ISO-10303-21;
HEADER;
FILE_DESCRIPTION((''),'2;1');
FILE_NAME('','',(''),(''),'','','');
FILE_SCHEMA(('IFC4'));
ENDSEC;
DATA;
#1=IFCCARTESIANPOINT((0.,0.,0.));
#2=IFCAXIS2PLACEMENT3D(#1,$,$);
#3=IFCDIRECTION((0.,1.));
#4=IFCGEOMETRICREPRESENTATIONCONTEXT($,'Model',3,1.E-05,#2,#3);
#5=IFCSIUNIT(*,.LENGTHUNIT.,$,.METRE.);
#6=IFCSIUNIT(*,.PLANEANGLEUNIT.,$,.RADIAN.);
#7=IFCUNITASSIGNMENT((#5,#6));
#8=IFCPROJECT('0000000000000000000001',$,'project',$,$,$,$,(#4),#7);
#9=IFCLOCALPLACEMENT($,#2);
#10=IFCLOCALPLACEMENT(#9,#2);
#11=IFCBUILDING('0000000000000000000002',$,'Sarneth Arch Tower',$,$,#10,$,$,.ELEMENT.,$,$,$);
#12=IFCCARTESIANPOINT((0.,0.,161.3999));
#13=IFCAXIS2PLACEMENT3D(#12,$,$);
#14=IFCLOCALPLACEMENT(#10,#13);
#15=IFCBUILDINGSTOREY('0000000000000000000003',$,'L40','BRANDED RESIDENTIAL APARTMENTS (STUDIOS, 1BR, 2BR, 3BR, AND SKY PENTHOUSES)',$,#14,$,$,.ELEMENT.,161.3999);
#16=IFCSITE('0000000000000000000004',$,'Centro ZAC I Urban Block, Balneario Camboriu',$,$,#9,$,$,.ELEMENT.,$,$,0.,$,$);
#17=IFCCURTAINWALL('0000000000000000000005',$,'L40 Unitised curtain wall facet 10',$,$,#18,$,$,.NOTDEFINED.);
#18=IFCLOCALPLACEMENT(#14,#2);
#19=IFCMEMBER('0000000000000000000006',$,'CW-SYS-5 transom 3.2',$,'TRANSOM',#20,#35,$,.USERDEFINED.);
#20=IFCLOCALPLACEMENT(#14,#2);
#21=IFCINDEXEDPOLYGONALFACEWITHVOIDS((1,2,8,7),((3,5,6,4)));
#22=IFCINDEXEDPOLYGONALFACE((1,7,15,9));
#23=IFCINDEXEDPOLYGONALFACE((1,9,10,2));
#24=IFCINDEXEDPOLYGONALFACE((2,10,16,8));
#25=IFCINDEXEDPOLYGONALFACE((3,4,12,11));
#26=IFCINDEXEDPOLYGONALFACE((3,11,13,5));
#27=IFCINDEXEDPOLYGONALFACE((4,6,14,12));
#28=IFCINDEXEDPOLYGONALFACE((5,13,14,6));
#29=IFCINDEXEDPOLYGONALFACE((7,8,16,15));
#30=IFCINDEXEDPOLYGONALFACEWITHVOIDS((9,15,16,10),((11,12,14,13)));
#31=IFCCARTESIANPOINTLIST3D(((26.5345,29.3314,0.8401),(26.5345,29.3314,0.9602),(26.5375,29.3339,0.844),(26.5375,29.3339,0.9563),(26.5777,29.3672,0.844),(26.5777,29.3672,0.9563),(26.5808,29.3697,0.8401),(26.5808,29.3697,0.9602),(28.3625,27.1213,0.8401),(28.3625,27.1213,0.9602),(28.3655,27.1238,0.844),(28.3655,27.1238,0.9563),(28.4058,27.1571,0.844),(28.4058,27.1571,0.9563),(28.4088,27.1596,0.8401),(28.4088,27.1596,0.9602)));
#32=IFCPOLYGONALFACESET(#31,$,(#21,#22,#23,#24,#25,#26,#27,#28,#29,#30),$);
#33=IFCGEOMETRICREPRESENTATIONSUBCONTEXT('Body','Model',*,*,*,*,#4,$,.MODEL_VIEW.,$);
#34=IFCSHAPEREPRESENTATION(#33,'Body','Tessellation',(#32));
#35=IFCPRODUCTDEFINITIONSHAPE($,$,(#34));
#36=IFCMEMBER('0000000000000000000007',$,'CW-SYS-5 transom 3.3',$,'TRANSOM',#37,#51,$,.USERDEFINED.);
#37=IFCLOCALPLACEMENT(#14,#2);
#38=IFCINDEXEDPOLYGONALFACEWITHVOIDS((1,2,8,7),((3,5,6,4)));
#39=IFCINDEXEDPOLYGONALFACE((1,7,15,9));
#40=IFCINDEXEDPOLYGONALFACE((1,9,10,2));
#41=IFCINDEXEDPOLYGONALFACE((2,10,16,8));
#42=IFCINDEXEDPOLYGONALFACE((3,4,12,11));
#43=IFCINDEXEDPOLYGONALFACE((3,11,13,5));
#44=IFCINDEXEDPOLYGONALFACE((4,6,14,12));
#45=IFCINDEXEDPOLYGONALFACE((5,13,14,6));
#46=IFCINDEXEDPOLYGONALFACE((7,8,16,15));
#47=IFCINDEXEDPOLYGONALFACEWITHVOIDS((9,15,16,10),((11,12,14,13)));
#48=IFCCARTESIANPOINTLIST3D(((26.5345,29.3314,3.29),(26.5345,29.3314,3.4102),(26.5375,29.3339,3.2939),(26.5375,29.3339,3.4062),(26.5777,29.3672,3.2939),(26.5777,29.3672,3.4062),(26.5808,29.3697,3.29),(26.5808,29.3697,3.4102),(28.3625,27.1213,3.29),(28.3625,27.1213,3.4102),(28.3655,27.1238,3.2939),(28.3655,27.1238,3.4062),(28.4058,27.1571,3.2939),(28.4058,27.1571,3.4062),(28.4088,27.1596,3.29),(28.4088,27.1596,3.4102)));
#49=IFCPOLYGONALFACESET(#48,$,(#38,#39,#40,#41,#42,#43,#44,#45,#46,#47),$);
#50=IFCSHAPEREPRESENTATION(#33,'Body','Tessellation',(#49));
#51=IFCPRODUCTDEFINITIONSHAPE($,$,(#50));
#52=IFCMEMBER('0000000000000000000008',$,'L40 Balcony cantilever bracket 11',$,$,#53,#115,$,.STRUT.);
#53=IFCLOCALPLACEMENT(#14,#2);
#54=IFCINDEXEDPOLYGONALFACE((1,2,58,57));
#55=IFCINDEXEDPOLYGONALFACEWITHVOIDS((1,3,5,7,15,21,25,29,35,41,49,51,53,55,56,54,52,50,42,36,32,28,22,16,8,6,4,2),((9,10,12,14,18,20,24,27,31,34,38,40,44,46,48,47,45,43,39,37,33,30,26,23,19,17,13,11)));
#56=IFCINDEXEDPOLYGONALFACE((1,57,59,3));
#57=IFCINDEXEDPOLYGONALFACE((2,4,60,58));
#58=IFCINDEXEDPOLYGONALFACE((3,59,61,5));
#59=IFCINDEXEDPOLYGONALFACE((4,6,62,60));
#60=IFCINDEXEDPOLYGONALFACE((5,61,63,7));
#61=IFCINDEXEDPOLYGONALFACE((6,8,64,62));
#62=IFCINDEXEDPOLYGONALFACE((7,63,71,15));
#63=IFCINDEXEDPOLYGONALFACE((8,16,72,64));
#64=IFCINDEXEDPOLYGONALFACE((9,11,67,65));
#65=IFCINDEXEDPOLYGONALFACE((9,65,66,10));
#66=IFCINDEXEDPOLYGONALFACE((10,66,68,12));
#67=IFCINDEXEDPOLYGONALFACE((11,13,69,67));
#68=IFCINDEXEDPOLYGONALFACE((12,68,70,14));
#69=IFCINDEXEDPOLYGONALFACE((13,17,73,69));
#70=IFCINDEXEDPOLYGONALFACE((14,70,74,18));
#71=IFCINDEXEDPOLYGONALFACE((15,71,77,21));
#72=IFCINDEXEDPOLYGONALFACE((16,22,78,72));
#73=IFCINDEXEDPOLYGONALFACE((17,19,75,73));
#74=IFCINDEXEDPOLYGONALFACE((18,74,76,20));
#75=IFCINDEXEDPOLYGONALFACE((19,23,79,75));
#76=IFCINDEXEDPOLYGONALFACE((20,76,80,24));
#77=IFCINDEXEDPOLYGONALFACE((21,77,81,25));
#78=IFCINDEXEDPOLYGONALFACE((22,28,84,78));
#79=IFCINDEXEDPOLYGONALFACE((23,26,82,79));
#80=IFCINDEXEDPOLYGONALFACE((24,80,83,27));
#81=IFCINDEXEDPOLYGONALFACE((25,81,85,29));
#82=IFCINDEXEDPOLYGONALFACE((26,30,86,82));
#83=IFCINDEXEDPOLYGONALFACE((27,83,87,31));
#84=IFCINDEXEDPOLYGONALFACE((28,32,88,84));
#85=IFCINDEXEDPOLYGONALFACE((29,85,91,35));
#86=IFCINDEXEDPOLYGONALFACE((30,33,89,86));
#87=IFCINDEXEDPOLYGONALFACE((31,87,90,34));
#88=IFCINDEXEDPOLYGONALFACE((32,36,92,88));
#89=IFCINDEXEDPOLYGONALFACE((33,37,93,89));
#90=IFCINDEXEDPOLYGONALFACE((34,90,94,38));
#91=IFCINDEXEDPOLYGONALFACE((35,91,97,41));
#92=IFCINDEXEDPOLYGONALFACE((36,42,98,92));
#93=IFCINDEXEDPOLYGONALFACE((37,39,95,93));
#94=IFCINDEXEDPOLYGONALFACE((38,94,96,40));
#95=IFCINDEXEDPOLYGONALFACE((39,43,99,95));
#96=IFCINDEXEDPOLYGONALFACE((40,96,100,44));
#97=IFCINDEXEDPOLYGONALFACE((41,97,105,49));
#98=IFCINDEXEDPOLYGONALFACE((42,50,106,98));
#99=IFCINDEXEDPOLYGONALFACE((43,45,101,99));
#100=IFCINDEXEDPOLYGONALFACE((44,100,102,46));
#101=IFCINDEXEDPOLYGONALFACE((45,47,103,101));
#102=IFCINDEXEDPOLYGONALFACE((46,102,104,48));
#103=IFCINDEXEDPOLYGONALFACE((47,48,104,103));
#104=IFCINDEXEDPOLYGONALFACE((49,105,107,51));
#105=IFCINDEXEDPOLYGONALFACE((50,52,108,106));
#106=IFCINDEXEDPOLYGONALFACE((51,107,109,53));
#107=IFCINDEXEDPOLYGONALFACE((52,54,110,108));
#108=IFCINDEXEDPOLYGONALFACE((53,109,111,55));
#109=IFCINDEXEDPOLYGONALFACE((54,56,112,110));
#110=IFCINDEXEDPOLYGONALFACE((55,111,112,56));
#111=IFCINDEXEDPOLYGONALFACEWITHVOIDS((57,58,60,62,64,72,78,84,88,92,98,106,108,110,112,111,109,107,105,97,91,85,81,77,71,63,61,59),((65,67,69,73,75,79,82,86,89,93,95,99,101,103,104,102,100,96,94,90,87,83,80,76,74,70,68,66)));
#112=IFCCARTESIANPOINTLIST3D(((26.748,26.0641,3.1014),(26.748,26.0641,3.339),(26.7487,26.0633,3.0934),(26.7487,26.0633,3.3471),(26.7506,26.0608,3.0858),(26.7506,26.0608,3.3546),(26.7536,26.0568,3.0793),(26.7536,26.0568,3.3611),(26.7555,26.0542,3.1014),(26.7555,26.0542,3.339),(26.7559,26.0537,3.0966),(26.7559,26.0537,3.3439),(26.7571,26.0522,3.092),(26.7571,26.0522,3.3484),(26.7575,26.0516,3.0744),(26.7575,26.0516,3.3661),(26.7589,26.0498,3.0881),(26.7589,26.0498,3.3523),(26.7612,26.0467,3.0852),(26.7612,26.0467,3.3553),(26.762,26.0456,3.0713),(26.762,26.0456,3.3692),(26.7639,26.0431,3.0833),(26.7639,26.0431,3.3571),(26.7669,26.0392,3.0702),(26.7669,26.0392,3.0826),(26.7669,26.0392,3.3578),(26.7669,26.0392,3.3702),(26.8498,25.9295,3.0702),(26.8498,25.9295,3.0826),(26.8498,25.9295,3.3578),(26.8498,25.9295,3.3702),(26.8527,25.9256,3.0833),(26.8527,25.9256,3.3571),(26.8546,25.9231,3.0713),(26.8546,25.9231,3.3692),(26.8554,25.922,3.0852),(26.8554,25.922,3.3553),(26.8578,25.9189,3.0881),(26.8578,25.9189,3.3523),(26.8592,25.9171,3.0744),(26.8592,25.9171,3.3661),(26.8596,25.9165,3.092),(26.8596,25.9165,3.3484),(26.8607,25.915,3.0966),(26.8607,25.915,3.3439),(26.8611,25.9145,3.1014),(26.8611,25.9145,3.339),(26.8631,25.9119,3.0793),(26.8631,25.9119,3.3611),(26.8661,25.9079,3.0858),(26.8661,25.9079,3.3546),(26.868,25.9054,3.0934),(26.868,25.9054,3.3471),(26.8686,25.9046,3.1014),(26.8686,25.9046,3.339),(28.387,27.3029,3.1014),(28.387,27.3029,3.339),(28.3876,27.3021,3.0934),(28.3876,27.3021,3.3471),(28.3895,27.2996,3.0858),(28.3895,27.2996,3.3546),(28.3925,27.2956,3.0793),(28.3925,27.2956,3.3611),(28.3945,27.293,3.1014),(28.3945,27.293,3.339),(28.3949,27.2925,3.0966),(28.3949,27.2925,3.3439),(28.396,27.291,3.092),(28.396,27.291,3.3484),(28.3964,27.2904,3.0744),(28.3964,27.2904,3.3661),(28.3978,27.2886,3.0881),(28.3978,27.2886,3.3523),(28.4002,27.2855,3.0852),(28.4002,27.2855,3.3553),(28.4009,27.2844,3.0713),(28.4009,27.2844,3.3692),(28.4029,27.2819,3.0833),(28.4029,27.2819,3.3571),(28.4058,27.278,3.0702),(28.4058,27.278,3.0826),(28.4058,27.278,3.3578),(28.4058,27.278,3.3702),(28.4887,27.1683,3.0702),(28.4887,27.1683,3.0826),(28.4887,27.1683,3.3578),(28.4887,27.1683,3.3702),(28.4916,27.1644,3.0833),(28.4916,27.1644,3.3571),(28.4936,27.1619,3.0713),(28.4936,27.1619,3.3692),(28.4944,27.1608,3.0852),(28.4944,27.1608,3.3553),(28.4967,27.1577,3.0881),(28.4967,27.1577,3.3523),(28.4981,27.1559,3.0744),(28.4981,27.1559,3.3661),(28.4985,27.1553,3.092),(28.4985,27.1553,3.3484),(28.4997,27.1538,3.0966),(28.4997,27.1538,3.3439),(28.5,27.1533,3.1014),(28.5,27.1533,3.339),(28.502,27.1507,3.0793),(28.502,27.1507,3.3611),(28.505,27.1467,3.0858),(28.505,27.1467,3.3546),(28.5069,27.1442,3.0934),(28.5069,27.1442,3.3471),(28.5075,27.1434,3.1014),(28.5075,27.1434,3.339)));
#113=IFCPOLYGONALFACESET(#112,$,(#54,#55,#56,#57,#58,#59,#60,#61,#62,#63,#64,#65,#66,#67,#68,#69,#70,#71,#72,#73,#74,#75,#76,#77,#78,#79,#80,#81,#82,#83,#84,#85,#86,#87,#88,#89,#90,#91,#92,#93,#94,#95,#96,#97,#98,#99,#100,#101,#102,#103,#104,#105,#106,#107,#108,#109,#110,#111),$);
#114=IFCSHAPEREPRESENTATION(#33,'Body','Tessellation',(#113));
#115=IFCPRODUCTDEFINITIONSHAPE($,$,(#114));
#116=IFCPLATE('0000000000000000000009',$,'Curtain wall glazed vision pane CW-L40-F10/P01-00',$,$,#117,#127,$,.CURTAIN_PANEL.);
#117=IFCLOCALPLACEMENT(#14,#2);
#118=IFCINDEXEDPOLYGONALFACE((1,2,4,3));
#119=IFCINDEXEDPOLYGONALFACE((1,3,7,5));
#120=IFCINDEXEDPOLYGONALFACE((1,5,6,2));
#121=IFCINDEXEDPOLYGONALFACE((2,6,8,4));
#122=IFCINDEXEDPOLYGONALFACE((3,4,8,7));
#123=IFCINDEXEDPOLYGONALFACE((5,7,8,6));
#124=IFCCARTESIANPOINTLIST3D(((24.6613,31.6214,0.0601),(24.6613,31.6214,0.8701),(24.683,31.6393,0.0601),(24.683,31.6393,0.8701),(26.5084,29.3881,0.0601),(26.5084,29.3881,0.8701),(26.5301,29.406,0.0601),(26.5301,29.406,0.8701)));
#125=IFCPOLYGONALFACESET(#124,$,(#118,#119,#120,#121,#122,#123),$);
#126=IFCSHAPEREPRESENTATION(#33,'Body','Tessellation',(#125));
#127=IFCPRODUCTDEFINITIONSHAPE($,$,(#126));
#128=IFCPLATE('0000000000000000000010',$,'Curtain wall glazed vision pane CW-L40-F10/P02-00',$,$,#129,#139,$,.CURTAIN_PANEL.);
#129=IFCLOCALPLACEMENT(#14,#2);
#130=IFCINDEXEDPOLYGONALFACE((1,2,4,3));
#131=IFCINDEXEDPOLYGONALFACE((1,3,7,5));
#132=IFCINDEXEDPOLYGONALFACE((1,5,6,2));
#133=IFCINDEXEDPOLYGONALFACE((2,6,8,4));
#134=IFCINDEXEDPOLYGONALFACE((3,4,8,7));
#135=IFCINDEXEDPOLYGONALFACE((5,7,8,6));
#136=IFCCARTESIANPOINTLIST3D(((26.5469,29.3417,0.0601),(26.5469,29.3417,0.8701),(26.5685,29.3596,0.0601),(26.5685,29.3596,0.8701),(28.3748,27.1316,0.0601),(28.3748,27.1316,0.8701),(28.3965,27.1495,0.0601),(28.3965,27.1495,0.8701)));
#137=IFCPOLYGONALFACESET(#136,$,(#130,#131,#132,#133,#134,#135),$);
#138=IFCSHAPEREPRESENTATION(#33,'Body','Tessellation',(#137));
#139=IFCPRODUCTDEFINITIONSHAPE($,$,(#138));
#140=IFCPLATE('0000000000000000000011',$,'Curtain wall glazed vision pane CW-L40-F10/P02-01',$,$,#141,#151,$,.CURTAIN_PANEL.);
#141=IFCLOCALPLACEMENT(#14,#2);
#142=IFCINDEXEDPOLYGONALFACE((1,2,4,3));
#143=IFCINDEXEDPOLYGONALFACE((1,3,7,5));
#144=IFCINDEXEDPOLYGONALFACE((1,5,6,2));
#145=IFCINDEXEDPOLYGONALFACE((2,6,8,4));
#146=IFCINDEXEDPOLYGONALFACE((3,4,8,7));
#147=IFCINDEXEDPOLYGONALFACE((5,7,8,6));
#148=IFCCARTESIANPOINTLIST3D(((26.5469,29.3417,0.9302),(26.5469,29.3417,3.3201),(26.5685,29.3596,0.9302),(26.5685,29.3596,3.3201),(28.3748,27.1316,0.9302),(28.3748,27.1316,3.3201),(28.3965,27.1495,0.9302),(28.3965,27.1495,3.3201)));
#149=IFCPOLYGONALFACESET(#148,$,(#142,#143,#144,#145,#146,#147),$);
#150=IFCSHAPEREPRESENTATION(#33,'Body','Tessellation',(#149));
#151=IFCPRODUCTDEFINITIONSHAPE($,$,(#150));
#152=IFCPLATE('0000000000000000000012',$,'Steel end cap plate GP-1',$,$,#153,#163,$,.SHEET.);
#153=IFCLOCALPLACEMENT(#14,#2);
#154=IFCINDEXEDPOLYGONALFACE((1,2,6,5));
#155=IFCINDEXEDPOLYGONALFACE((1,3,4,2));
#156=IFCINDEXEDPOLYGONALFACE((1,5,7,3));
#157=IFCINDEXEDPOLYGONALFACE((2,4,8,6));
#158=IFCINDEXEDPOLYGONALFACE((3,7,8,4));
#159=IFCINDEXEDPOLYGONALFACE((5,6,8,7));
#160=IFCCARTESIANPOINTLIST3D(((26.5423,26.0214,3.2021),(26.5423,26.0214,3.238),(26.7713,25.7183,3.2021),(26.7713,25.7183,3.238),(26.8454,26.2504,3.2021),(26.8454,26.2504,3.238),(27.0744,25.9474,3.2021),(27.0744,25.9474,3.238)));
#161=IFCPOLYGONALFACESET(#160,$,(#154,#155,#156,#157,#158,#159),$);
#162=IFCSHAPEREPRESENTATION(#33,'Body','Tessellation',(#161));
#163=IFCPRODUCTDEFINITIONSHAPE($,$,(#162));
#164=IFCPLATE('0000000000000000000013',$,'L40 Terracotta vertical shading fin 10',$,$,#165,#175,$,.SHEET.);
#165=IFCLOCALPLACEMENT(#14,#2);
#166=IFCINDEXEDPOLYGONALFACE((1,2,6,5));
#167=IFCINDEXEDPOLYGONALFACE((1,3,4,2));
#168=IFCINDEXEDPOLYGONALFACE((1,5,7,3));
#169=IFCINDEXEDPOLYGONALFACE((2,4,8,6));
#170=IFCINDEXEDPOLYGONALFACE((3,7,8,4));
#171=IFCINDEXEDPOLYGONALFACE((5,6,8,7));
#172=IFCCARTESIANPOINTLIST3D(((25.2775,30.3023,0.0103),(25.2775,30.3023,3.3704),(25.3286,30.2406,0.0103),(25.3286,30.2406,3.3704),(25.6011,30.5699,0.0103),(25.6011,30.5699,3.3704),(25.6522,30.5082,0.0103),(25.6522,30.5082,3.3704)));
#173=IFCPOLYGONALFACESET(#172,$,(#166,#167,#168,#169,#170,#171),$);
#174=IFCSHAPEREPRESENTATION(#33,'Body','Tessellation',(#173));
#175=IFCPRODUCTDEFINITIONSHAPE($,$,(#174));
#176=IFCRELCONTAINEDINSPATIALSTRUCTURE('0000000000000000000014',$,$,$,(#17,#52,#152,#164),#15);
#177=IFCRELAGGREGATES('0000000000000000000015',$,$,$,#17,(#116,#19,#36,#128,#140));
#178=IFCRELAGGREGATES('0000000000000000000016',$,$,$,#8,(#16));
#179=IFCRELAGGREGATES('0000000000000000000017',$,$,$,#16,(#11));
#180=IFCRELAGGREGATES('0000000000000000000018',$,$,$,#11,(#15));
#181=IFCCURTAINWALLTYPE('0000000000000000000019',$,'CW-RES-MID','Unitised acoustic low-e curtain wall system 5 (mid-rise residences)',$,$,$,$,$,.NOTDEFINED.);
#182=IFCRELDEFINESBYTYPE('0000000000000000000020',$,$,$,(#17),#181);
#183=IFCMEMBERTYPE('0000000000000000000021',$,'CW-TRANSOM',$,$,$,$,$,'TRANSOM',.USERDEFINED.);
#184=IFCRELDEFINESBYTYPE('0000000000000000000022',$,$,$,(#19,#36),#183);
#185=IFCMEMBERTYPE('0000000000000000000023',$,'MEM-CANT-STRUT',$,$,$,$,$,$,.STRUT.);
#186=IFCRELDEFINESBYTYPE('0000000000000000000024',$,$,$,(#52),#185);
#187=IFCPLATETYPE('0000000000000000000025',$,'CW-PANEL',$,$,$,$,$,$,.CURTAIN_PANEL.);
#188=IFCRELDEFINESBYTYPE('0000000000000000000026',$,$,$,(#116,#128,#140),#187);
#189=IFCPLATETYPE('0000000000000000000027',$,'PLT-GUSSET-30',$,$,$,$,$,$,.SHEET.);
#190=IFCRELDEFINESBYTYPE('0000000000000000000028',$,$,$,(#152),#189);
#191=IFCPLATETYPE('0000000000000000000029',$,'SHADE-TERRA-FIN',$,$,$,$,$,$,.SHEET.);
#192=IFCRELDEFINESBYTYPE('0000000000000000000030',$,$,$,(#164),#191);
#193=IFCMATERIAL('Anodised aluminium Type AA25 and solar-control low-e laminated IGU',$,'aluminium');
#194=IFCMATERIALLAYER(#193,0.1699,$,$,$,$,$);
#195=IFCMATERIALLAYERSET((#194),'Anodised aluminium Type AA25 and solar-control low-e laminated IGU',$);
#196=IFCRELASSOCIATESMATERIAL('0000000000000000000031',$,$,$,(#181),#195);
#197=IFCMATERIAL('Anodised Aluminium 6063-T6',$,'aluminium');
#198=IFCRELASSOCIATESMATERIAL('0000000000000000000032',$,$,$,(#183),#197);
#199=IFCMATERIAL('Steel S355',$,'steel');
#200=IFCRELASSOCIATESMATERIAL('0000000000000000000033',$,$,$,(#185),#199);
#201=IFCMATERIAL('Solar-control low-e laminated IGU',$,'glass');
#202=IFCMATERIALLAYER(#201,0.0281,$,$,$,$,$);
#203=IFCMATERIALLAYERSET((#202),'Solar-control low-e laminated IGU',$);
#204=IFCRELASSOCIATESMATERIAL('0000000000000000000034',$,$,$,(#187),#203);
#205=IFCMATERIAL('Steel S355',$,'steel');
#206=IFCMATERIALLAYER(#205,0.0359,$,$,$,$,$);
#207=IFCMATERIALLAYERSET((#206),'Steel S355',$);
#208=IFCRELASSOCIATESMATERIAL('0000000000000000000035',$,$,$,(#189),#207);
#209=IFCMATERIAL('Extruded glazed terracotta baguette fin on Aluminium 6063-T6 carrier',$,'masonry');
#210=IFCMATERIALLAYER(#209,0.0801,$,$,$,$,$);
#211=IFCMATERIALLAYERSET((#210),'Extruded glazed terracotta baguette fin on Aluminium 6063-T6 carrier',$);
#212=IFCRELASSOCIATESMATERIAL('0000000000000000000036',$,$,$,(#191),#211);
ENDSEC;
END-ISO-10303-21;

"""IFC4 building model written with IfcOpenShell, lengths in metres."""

from ifc_helpers import new_model, si_unit, direction, frame, origin, origin_2d, place, context, subcontext, project, spatial, rectangle, hollow_rectangle, extrude, material, layer, layer_set, material_profile, profile_set, type_object, element, aggregate, save


model = new_model("IFC4")

# Units and contexts
model_context = context("Model", 3, precision=1e-05, world=origin(), true_north=direction((0.0, 1.0)))
body_context = subcontext(model_context, "Body", "Model", "MODEL_VIEW")
ifc_project = project(units=[si_unit("LENGTHUNIT", "METRE"), si_unit("PLANEANGLEUNIT", "RADIAN")], contexts=[model_context])

# Site, building, storey
site_placement = place(None, origin())
site = spatial("IfcSite", under=ifc_project, at=site_placement, Name="Centro ZAC I Urban Block, Balneario Camboriu", CompositionType="ELEMENT", RefElevation=0.0)
building_placement = place(site_placement, origin())
building = spatial("IfcBuilding", under=site, at=building_placement, Name="Sarneth Arch Tower", CompositionType="ELEMENT")
storey_placement = place(building_placement, frame((0.0, 0.0, 161.3999)))
storey = spatial("IfcBuildingStorey", under=building, at=storey_placement, Name="L40", Description="BRANDED RESIDENTIAL APARTMENTS (STUDIOS, 1BR, 2BR, 3BR, AND SKY PENTHOUSES)", CompositionType="ELEMENT", Elevation=161.3999)

# Curtain wall, members
ifc_material_1 = material(Name="Anodised aluminium Type AA25 and solar-control low-e laminated IGU", Category="aluminium")
ifc_layer_1 = layer(ifc_material_1, 0.1699)
ifc_layer_set_1 = layer_set([ifc_layer_1], Name="Anodised aluminium Type AA25 and solar-control low-e laminated IGU")
curtain_wall_type = type_object("IfcCurtainWallType", Name="CW-RES-MID", Description="Unitised acoustic low-e curtain wall system 5 (mid-rise residences)", PredefinedType="NOTDEFINED", material=ifc_layer_set_1)
curtain_wall_placement = place(storey_placement, origin())
curtain_wall = element("IfcCurtainWall", 1, at=curtain_wall_placement, inside=storey, type_object=curtain_wall_type, Name="L40 Unitised curtain wall facet 10", PredefinedType="NOTDEFINED")
ifc_material_2 = material(Name="Anodised Aluminium 6063-T6", Category="aluminium")
ifc_material_profile_1 = material_profile(ifc_material_2, hollow_rectangle(XDim=0.0601, YDim=0.1201, WallThickness=0.0039, at=origin_2d()), Name="AL-TRAN-120x60x4")
ifc_profile_set_1 = profile_set([ifc_material_profile_1], Name="Anodised Aluminium 6063-T6")
member_type_1 = type_object("IfcMemberType", Name="CW-TRANSOM", ElementType="TRANSOM", PredefinedType="USERDEFINED", material=ifc_profile_set_1)
member_1_placement = place(storey_placement, frame((26.5576, 29.3506, 0.9001), z_axis=(0.637359, -0.770567, 0.0), x_axis=(0.770567, 0.637359, 0.0)))
member_1 = element("IfcMember", 2, at=member_1_placement, type_object=member_type_1, Name="CW-SYS-5 transom 3.2", ObjectType="TRANSOM", PredefinedType="USERDEFINED", context=body_context, shape_type="SweptSolid", body=[
    extrude(hollow_rectangle(XDim=0.0601, YDim=0.1201, WallThickness=0.0039, at=origin_2d()), origin(), (0.0, 0.0, 1.0), 2.8682),
])
member_2_placement = place(storey_placement, frame((26.5576, 29.3506, 3.3501), z_axis=(0.637359, -0.770567, 0.0), x_axis=(0.770567, 0.637359, 0.0)))
member_2 = element("IfcMember", 3, at=member_2_placement, type_object=member_type_1, Name="CW-SYS-5 transom 3.3", ObjectType="TRANSOM", PredefinedType="USERDEFINED", context=body_context, shape_type="SweptSolid", body=[
    extrude(hollow_rectangle(XDim=0.0601, YDim=0.1201, WallThickness=0.0039, at=origin_2d()), origin(), (0.0, 0.0, 1.0), 2.8682),
])

# Member
ifc_material_3 = material(Name="Steel S355", Category="steel")
ifc_material_profile_2 = material_profile(ifc_material_3, hollow_rectangle(XDim=0.2, YDim=0.3, WallThickness=0.0125, InnerFilletRadius=0.0188, OuterFilletRadius=0.0312, at=origin_2d()), Name="RHS300x200x12.5")
ifc_profile_set_2 = profile_set([ifc_material_profile_2], Name="Steel S355")
member_type_2 = type_object("IfcMemberType", Name="MEM-CANT-STRUT", PredefinedType="STRUT", material=ifc_profile_set_2)
member_3_placement = place(storey_placement, frame((28.4473, 27.2231, 3.2202), z_axis=(-0.797756, -0.602981, 0.0), x_axis=(0.602981, -0.797756, 0.0)))
element("IfcMember", 4, at=member_3_placement, inside=storey, type_object=member_type_2, Name="L40 Balcony cantilever bracket 11", PredefinedType="STRUT", context=body_context, shape_type="SweptSolid", body=[
    extrude(hollow_rectangle(XDim=0.2, YDim=0.3, WallThickness=0.0125, InnerFilletRadius=0.0188, OuterFilletRadius=0.0312, at=origin_2d()), origin(), (0.0, 0.0, 1.0), 2.0544),
])

# Plates
ifc_material_4 = material(Name="Solar-control low-e laminated IGU", Category="glass")
ifc_layer_2 = layer(ifc_material_4, 0.0281)
ifc_layer_set_2 = layer_set([ifc_layer_2], Name="Solar-control low-e laminated IGU")
plate_type_1 = type_object("IfcPlateType", Name="CW-PANEL", PredefinedType="CURTAIN_PANEL", material=ifc_layer_set_2)
plate_1_placement = place(storey_placement, frame((25.5957, 30.5137, 0.0601), z_axis=(0.0, 0.0, 1.0), x_axis=(0.63733, -0.770591, 0.0)))
plate_1 = element("IfcPlate", 5, at=plate_1_placement, type_object=plate_type_1, Name="Curtain wall glazed vision pane CW-L40-F10/P01-00", PredefinedType="CURTAIN_PANEL", context=body_context, shape_type="SweptSolid", body=[
    extrude(rectangle(XDim=2.8982, YDim=0.0281, at=origin_2d()), origin(), (0.0, 0.0, 1.0), 0.8101),
])
plate_2_placement = place(storey_placement, frame((27.4717, 28.2456, 0.0601), z_axis=(0.0, 0.0, 1.0), x_axis=(0.63733, -0.770591, 0.0)))
plate_2 = element("IfcPlate", 6, at=plate_2_placement, type_object=plate_type_1, Name="Curtain wall glazed vision pane CW-L40-F10/P02-00", PredefinedType="CURTAIN_PANEL", context=body_context, shape_type="SweptSolid", body=[
    extrude(rectangle(XDim=2.8682, YDim=0.0281, at=origin_2d()), origin(), (0.0, 0.0, 1.0), 0.8101),
])
plate_3_placement = place(storey_placement, frame((27.4717, 28.2456, 0.9302), z_axis=(0.0, 0.0, 1.0), x_axis=(0.63733, -0.770591, 0.0)))
plate_3 = element("IfcPlate", 7, at=plate_3_placement, type_object=plate_type_1, Name="Curtain wall glazed vision pane CW-L40-F10/P02-01", PredefinedType="CURTAIN_PANEL", context=body_context, shape_type="SweptSolid", body=[
    extrude(rectangle(XDim=2.8682, YDim=0.0281, at=origin_2d()), origin(), (0.0, 0.0, 1.0), 2.3899),
])
aggregate(curtain_wall, [plate_1, member_1, member_2, plate_2, plate_3])

# Plates
ifc_material_5 = material(Name="Steel S355", Category="steel")
ifc_layer_3 = layer(ifc_material_5, 0.0359)
ifc_layer_set_3 = layer_set([ifc_layer_3], Name="Steel S355")
plate_type_2 = type_object("IfcPlateType", Name="PLT-GUSSET-30", PredefinedType="SHEET", material=ifc_layer_set_3)
plate_4_placement = place(storey_placement, frame((26.8083, 25.9844, 3.2021), z_axis=(0.0, 0.0, 1.0), x_axis=(-0.797794, -0.60293, 0.0)))
element("IfcPlate", 8, at=plate_4_placement, inside=storey, type_object=plate_type_2, Name="Steel end cap plate GP-1", PredefinedType="SHEET", context=body_context, shape_type="SweptSolid", body=[
    extrude(rectangle(XDim=0.3799, YDim=0.3799, at=origin_2d()), origin(), (0.0, 0.0, 1.0), 0.0359),
])
ifc_material_6 = material(Name="Extruded glazed terracotta baguette fin on Aluminium 6063-T6 carrier", Category="masonry")
ifc_layer_4 = layer(ifc_material_6, 0.0801)
ifc_layer_set_4 = layer_set([ifc_layer_4], Name="Extruded glazed terracotta baguette fin on Aluminium 6063-T6 carrier")
plate_type_3 = type_object("IfcPlateType", Name="SHADE-TERRA-FIN", PredefinedType="SHEET", material=ifc_layer_set_4)
plate_5_placement = place(storey_placement, frame((25.4648, 30.4053, 0.0103), z_axis=(0.0, 0.0, 1.0), x_axis=(-0.770624, -0.63729, 0.0)))
element("IfcPlate", 9, at=plate_5_placement, inside=storey, type_object=plate_type_3, Name="L40 Terracotta vertical shading fin 10", PredefinedType="SHEET", context=body_context, shape_type="SweptSolid", body=[
    extrude(rectangle(XDim=0.4199, YDim=0.0801, at=origin_2d()), origin(), (0.0, 0.0, 1.0), 3.3601),
])

save(model, "model.ifc")
